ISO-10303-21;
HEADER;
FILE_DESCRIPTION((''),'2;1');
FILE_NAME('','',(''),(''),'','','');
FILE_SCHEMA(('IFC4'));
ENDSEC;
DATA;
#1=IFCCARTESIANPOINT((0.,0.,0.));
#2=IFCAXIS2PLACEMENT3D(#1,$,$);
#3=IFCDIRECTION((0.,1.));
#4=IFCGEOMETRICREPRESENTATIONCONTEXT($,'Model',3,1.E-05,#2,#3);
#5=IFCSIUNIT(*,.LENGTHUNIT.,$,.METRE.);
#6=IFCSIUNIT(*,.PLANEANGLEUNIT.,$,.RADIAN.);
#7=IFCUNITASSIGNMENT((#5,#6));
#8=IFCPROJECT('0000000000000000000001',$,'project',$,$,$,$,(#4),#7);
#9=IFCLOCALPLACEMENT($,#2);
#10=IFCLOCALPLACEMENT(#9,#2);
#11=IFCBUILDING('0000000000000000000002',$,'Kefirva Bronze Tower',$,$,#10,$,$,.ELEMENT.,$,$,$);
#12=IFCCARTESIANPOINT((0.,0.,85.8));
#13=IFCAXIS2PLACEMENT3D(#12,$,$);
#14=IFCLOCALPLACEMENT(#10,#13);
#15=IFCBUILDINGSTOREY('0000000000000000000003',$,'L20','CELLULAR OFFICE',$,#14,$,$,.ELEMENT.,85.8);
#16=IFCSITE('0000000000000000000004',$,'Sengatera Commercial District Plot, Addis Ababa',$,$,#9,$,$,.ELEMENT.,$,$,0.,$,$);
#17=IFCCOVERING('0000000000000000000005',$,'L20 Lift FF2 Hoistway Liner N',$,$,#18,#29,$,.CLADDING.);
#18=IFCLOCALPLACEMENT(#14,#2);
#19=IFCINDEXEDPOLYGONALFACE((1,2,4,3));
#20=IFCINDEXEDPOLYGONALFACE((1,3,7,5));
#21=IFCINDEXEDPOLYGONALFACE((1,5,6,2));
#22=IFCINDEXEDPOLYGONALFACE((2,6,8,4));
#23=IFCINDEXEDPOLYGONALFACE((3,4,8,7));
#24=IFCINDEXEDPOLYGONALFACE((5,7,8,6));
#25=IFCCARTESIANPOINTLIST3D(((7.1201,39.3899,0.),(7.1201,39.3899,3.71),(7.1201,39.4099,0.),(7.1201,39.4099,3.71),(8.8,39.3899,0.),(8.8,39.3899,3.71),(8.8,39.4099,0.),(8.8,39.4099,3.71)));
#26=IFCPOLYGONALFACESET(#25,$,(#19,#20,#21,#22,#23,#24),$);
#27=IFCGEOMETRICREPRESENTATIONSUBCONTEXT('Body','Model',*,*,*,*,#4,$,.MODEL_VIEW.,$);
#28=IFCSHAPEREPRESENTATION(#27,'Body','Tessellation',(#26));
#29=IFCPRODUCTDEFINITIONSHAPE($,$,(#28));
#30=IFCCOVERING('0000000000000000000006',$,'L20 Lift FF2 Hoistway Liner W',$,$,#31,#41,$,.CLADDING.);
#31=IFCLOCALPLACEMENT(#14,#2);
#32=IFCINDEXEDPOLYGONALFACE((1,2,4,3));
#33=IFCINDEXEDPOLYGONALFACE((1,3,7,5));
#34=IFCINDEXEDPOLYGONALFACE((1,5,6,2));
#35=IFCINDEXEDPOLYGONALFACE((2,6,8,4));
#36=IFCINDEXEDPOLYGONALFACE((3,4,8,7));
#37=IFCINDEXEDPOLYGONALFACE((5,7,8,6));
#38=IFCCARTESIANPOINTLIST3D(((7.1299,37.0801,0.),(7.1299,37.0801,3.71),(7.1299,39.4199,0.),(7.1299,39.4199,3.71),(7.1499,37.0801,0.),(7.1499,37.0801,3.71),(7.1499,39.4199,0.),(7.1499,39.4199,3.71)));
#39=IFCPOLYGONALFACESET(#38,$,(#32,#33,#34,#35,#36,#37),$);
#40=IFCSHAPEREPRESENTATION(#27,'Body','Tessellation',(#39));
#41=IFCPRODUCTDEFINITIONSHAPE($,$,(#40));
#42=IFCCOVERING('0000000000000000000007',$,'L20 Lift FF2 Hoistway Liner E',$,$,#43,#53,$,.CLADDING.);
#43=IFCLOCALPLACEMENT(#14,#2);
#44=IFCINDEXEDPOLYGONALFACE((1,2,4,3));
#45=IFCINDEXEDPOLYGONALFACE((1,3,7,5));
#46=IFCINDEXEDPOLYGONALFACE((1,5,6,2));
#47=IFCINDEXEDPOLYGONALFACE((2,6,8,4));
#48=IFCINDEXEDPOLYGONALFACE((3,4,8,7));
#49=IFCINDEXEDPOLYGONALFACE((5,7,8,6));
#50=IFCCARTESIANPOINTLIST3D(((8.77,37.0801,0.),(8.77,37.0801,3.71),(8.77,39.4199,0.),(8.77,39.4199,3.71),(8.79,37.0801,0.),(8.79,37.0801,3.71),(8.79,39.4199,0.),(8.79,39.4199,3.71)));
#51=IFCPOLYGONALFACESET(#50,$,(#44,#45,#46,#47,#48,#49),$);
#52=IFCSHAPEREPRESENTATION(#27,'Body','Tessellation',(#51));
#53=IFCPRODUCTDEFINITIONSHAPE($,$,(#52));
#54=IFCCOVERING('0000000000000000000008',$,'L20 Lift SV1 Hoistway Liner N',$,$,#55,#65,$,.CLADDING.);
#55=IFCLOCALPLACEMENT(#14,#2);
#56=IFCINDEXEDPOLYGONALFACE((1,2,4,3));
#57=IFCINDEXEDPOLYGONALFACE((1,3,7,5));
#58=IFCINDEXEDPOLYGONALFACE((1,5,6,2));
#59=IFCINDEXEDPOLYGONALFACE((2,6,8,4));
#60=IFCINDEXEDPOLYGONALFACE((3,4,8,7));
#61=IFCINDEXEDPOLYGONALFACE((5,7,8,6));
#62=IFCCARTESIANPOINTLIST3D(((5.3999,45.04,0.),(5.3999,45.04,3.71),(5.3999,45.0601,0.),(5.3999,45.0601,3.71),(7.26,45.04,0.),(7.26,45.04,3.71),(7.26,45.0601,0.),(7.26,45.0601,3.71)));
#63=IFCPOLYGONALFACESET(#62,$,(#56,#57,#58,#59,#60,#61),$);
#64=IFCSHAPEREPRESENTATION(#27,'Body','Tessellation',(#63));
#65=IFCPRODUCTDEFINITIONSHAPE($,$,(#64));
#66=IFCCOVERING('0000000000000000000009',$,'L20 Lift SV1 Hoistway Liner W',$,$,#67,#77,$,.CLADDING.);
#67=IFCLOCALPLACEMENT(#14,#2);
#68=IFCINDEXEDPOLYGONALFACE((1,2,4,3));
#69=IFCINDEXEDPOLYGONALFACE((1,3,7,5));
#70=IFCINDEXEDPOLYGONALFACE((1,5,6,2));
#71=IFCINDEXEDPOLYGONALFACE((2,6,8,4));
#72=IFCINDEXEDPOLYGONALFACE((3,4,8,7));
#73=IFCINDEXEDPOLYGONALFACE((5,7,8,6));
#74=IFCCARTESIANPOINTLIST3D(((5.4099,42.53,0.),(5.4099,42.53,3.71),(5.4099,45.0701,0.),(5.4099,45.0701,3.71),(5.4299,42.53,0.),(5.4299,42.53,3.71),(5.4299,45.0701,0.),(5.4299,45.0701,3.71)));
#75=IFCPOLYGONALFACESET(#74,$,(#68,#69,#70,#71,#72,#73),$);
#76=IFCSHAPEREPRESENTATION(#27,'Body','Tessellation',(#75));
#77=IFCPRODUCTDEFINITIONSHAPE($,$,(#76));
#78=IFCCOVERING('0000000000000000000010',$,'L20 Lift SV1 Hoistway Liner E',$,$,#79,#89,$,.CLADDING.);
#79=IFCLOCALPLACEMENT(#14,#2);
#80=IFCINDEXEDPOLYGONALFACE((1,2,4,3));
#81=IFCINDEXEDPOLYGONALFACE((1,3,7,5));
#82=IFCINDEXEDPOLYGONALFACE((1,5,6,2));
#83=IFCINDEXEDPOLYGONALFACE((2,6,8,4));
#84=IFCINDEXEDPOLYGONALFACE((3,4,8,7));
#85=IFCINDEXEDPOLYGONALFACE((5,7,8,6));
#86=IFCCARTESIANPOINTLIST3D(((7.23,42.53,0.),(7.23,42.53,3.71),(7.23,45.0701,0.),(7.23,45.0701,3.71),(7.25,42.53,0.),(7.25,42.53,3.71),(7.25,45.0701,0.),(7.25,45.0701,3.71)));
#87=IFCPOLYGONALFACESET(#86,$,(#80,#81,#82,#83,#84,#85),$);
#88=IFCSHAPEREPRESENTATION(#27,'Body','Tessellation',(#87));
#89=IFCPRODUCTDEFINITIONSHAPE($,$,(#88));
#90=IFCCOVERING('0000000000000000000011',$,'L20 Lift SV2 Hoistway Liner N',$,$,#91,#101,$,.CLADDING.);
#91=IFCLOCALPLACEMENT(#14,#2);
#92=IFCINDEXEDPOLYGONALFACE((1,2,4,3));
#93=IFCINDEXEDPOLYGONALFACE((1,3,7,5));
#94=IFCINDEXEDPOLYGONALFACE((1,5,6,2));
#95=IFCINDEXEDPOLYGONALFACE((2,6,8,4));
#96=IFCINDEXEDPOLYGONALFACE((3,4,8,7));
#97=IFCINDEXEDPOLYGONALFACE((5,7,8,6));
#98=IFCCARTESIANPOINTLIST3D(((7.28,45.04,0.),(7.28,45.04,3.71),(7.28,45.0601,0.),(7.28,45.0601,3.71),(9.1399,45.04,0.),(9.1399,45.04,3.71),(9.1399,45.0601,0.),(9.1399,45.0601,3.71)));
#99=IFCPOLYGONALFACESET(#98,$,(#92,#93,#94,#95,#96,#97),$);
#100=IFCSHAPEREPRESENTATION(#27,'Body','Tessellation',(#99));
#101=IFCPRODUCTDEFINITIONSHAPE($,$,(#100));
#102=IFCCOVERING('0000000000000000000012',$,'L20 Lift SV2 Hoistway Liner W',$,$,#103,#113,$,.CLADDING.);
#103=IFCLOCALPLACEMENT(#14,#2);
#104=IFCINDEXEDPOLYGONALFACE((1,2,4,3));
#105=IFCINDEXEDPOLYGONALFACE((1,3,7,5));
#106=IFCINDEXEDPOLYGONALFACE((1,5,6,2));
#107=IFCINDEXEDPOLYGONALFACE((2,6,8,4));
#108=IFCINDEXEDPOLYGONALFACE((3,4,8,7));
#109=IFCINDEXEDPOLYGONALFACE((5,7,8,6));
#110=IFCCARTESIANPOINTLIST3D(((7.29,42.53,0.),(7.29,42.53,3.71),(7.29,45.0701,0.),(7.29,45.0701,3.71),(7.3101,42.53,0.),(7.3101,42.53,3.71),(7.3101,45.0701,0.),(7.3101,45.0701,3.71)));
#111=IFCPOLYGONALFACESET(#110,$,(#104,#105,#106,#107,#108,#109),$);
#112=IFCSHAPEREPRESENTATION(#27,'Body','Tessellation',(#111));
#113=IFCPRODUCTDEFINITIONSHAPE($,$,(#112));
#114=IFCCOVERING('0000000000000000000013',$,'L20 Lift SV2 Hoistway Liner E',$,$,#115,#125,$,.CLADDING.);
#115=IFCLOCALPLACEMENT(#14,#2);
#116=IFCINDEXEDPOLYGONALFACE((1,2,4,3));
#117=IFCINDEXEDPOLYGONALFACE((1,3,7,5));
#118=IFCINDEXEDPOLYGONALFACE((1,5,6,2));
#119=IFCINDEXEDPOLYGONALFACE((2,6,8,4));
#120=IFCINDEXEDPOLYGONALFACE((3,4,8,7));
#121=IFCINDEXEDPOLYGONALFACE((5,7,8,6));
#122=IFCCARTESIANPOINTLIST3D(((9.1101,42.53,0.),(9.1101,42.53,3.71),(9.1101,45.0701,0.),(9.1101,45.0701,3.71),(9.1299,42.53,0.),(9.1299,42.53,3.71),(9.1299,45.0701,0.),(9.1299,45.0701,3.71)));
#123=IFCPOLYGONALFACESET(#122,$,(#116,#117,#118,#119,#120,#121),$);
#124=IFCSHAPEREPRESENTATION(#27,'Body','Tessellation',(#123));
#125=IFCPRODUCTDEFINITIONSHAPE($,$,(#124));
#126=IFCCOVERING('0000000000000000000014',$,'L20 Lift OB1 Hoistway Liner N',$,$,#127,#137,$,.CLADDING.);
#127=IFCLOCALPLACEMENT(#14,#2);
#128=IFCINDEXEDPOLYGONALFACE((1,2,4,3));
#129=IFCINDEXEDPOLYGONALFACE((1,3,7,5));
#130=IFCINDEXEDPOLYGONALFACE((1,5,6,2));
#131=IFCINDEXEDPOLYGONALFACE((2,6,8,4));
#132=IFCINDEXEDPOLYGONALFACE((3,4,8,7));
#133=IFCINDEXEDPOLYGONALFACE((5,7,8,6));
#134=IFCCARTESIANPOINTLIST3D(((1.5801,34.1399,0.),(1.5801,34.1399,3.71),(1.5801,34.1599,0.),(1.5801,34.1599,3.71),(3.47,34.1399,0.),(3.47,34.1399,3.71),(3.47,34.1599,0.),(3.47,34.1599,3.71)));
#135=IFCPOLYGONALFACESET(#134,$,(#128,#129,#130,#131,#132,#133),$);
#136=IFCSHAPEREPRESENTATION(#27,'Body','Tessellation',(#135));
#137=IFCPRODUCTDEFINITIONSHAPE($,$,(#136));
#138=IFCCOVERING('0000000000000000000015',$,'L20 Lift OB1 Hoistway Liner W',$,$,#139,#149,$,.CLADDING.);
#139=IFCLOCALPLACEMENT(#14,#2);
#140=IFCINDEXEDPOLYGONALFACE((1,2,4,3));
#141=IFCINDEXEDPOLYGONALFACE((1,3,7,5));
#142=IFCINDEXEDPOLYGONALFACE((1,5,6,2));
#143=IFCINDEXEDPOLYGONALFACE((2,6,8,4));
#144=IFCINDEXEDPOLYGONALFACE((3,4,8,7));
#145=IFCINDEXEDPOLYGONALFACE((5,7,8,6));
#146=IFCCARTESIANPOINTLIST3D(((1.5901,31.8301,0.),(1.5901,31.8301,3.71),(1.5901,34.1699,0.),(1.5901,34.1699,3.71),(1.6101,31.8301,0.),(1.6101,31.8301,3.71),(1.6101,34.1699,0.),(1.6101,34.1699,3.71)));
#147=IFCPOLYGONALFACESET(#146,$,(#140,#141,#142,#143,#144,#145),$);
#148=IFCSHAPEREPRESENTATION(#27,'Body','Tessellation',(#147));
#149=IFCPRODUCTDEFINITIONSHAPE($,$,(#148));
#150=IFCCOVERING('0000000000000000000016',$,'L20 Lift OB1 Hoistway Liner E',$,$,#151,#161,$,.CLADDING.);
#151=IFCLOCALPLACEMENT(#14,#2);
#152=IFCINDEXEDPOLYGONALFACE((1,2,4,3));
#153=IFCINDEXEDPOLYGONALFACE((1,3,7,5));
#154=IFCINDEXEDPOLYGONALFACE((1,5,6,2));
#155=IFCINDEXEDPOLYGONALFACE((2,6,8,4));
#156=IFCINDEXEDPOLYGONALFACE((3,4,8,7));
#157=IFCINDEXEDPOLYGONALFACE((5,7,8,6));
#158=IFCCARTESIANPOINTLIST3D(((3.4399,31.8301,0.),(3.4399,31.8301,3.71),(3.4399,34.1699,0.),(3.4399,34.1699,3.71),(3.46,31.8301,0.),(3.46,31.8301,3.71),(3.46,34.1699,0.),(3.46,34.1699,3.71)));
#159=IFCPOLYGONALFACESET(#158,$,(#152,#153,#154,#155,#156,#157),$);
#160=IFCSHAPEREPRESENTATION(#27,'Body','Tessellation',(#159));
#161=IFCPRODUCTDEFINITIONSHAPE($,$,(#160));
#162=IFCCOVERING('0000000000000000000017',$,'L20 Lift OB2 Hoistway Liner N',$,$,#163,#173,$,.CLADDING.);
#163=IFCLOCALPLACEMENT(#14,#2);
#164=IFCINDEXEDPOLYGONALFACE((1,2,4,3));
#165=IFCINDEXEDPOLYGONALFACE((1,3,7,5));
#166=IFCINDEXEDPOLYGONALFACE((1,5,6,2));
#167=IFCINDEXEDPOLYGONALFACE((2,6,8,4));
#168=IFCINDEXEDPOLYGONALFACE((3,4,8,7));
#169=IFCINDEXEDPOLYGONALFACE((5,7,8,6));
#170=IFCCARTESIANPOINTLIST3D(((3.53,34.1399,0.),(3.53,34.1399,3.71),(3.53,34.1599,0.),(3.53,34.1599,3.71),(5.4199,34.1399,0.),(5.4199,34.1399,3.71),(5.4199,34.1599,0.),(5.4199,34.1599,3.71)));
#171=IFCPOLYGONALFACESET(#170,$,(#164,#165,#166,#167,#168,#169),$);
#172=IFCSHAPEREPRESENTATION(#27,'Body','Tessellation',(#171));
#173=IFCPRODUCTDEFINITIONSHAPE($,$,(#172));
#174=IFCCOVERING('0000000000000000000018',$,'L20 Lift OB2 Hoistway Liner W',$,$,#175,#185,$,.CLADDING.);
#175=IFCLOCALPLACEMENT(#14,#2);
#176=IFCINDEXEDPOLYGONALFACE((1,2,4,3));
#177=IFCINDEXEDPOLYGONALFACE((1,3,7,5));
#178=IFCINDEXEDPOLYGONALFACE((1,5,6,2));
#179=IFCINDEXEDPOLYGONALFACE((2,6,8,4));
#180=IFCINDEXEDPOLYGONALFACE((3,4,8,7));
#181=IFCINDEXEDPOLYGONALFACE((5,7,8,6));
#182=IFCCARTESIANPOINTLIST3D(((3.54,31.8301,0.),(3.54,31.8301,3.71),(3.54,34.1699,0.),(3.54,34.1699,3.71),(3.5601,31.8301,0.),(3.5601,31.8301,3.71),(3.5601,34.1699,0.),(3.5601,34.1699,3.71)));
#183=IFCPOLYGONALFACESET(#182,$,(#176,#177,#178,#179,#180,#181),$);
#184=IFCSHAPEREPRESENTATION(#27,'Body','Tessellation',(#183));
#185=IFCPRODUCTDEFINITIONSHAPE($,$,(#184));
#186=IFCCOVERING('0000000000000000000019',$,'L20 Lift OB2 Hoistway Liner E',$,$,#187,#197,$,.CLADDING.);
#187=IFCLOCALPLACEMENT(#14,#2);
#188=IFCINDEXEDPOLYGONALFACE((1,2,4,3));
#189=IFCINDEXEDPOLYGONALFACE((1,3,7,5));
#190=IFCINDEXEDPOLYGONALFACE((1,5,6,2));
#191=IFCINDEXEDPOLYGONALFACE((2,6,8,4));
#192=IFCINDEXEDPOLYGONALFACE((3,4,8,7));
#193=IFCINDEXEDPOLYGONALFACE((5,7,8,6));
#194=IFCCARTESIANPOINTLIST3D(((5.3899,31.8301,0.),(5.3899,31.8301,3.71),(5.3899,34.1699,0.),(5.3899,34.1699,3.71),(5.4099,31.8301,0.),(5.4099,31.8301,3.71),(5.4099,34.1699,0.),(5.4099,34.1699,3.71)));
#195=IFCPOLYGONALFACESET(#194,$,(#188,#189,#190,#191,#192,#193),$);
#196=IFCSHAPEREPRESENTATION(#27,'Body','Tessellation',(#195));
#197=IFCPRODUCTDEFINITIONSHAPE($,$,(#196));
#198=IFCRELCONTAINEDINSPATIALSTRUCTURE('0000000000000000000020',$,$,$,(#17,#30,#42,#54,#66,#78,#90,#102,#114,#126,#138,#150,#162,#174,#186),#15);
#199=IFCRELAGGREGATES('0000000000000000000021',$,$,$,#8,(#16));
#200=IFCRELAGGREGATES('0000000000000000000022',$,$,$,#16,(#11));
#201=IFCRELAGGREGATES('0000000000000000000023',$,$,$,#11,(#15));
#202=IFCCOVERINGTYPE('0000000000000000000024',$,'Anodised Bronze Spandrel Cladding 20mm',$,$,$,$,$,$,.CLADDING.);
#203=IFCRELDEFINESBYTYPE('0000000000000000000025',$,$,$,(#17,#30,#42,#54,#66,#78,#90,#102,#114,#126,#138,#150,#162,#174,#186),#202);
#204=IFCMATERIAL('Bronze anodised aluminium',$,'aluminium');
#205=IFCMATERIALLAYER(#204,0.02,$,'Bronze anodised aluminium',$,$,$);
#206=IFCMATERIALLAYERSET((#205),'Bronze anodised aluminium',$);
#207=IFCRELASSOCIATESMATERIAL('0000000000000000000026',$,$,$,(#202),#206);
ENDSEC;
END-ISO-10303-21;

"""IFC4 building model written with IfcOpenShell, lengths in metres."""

from ifc_helpers import new_model, si_unit, direction, frame, origin, place, context, subcontext, project, spatial, polyline, outline, extrude, material, layer, layer_set, type_object, element, save


model = new_model("IFC4")

# Units and contexts
model_context = context("Model", 3, precision=1e-05, world=origin(), true_north=direction((0.0, 1.0)))
body_context = subcontext(model_context, "Body", "Model", "MODEL_VIEW")
ifc_project = project(units=[si_unit("LENGTHUNIT", "METRE"), si_unit("PLANEANGLEUNIT", "RADIAN")], contexts=[model_context])

# Site, building, storey
site_placement = place(None, origin())
site = spatial("IfcSite", under=ifc_project, at=site_placement, Name="Sengatera Commercial District Plot, Addis Ababa", CompositionType="ELEMENT", RefElevation=0.0)
building_placement = place(site_placement, origin())
building = spatial("IfcBuilding", under=site, at=building_placement, Name="Kefirva Bronze Tower", CompositionType="ELEMENT")
storey_placement = place(building_placement, frame((0.0, 0.0, 85.8)))
storey = spatial("IfcBuildingStorey", under=building, at=storey_placement, Name="L20", Description="CELLULAR OFFICE", CompositionType="ELEMENT", Elevation=85.8)

# Coverings
ifc_material_1 = material(Name="Bronze anodised aluminium", Category="aluminium")
ifc_layer_1 = layer(ifc_material_1, 0.02, Name="Bronze anodised aluminium")
ifc_layer_set_1 = layer_set([ifc_layer_1], Name="Bronze anodised aluminium")
covering_type = type_object("IfcCoveringType", Name="Anodised Bronze Spandrel Cladding 20mm", PredefinedType="CLADDING", material=ifc_layer_set_1)
covering_1_placement = place(storey_placement, origin())
element("IfcCovering", 1, at=covering_1_placement, inside=storey, type_object=covering_type, Name="L20 Lift FF2 Hoistway Liner N", PredefinedType="CLADDING", context=body_context, shape_type="SweptSolid", body=[
    extrude(outline(polyline([(7.1201, 39.3899), (8.8, 39.3899), (8.8, 39.4099), (7.1201, 39.4099), (7.1201, 39.3899)])), origin(), (0.0, 0.0, 1.0), 3.71),
])
covering_2_placement = place(storey_placement, origin())
element("IfcCovering", 2, at=covering_2_placement, inside=storey, type_object=covering_type, Name="L20 Lift FF2 Hoistway Liner W", PredefinedType="CLADDING", context=body_context, shape_type="SweptSolid", body=[
    extrude(outline(polyline([(7.1299, 37.0801), (7.1499, 37.0801), (7.1499, 39.4199), (7.1299, 39.4199), (7.1299, 37.0801)])), origin(), (0.0, 0.0, 1.0), 3.71),
])
covering_3_placement = place(storey_placement, origin())
element("IfcCovering", 3, at=covering_3_placement, inside=storey, type_object=covering_type, Name="L20 Lift FF2 Hoistway Liner E", PredefinedType="CLADDING", context=body_context, shape_type="SweptSolid", body=[
    extrude(outline(polyline([(8.77, 37.0801), (8.79, 37.0801), (8.79, 39.4199), (8.77, 39.4199), (8.77, 37.0801)])), origin(), (0.0, 0.0, 1.0), 3.71),
])
covering_4_placement = place(storey_placement, origin())
element("IfcCovering", 4, at=covering_4_placement, inside=storey, type_object=covering_type, Name="L20 Lift SV1 Hoistway Liner N", PredefinedType="CLADDING", context=body_context, shape_type="SweptSolid", body=[
    extrude(outline(polyline([(5.3999, 45.04), (7.26, 45.04), (7.26, 45.0601), (5.3999, 45.0601), (5.3999, 45.04)])), origin(), (0.0, 0.0, 1.0), 3.71),
])
covering_5_placement = place(storey_placement, origin())
element("IfcCovering", 5, at=covering_5_placement, inside=storey, type_object=covering_type, Name="L20 Lift SV1 Hoistway Liner W", PredefinedType="CLADDING", context=body_context, shape_type="SweptSolid", body=[
    extrude(outline(polyline([(5.4099, 42.53), (5.4299, 42.53), (5.4299, 45.0701), (5.4099, 45.0701), (5.4099, 42.53)])), origin(), (0.0, 0.0, 1.0), 3.71),
])
covering_6_placement = place(storey_placement, origin())
element("IfcCovering", 6, at=covering_6_placement, inside=storey, type_object=covering_type, Name="L20 Lift SV1 Hoistway Liner E", PredefinedType="CLADDING", context=body_context, shape_type="SweptSolid", body=[
    extrude(outline(polyline([(7.23, 42.53), (7.25, 42.53), (7.25, 45.0701), (7.23, 45.0701), (7.23, 42.53)])), origin(), (0.0, 0.0, 1.0), 3.71),
])
covering_7_placement = place(storey_placement, origin())
element("IfcCovering", 7, at=covering_7_placement, inside=storey, type_object=covering_type, Name="L20 Lift SV2 Hoistway Liner N", PredefinedType="CLADDING", context=body_context, shape_type="SweptSolid", body=[
    extrude(outline(polyline([(7.28, 45.04), (9.1399, 45.04), (9.1399, 45.0601), (7.28, 45.0601), (7.28, 45.04)])), origin(), (0.0, 0.0, 1.0), 3.71),
])
covering_8_placement = place(storey_placement, origin())
element("IfcCovering", 8, at=covering_8_placement, inside=storey, type_object=covering_type, Name="L20 Lift SV2 Hoistway Liner W", PredefinedType="CLADDING", context=body_context, shape_type="SweptSolid", body=[
    extrude(outline(polyline([(7.29, 42.53), (7.3101, 42.53), (7.3101, 45.0701), (7.29, 45.0701), (7.29, 42.53)])), origin(), (0.0, 0.0, 1.0), 3.71),
])
covering_9_placement = place(storey_placement, origin())
element("IfcCovering", 9, at=covering_9_placement, inside=storey, type_object=covering_type, Name="L20 Lift SV2 Hoistway Liner E", PredefinedType="CLADDING", context=body_context, shape_type="SweptSolid", body=[
    extrude(outline(polyline([(9.1101, 42.53), (9.1299, 42.53), (9.1299, 45.0701), (9.1101, 45.0701), (9.1101, 42.53)])), origin(), (0.0, 0.0, 1.0), 3.71),
])
covering_10_placement = place(storey_placement, origin())
element("IfcCovering", 10, at=covering_10_placement, inside=storey, type_object=covering_type, Name="L20 Lift OB1 Hoistway Liner N", PredefinedType="CLADDING", context=body_context, shape_type="SweptSolid", body=[
    extrude(outline(polyline([(1.5801, 34.1399), (3.47, 34.1399), (3.47, 34.1599), (1.5801, 34.1599), (1.5801, 34.1399)])), origin(), (0.0, 0.0, 1.0), 3.71),
])
covering_11_placement = place(storey_placement, origin())
element("IfcCovering", 11, at=covering_11_placement, inside=storey, type_object=covering_type, Name="L20 Lift OB1 Hoistway Liner W", PredefinedType="CLADDING", context=body_context, shape_type="SweptSolid", body=[
    extrude(outline(polyline([(1.5901, 31.8301), (1.6101, 31.8301), (1.6101, 34.1699), (1.5901, 34.1699), (1.5901, 31.8301)])), origin(), (0.0, 0.0, 1.0), 3.71),
])
covering_12_placement = place(storey_placement, origin())
element("IfcCovering", 12, at=covering_12_placement, inside=storey, type_object=covering_type, Name="L20 Lift OB1 Hoistway Liner E", PredefinedType="CLADDING", context=body_context, shape_type="SweptSolid", body=[
    extrude(outline(polyline([(3.4399, 31.8301), (3.46, 31.8301), (3.46, 34.1699), (3.4399, 34.1699), (3.4399, 31.8301)])), origin(), (0.0, 0.0, 1.0), 3.71),
])
covering_13_placement = place(storey_placement, origin())
element("IfcCovering", 13, at=covering_13_placement, inside=storey, type_object=covering_type, Name="L20 Lift OB2 Hoistway Liner N", PredefinedType="CLADDING", context=body_context, shape_type="SweptSolid", body=[
    extrude(outline(polyline([(3.53, 34.1399), (5.4199, 34.1399), (5.4199, 34.1599), (3.53, 34.1599), (3.53, 34.1399)])), origin(), (0.0, 0.0, 1.0), 3.71),
])
covering_14_placement = place(storey_placement, origin())
element("IfcCovering", 14, at=covering_14_placement, inside=storey, type_object=covering_type, Name="L20 Lift OB2 Hoistway Liner W", PredefinedType="CLADDING", context=body_context, shape_type="SweptSolid", body=[
    extrude(outline(polyline([(3.54, 31.8301), (3.5601, 31.8301), (3.5601, 34.1699), (3.54, 34.1699), (3.54, 31.8301)])), origin(), (0.0, 0.0, 1.0), 3.71),
])
covering_15_placement = place(storey_placement, origin())
element("IfcCovering", 15, at=covering_15_placement, inside=storey, type_object=covering_type, Name="L20 Lift OB2 Hoistway Liner E", PredefinedType="CLADDING", context=body_context, shape_type="SweptSolid", body=[
    extrude(outline(polyline([(5.3899, 31.8301), (5.4099, 31.8301), (5.4099, 34.1699), (5.3899, 34.1699), (5.3899, 31.8301)])), origin(), (0.0, 0.0, 1.0), 3.71),
])

save(model, "model.ifc")
